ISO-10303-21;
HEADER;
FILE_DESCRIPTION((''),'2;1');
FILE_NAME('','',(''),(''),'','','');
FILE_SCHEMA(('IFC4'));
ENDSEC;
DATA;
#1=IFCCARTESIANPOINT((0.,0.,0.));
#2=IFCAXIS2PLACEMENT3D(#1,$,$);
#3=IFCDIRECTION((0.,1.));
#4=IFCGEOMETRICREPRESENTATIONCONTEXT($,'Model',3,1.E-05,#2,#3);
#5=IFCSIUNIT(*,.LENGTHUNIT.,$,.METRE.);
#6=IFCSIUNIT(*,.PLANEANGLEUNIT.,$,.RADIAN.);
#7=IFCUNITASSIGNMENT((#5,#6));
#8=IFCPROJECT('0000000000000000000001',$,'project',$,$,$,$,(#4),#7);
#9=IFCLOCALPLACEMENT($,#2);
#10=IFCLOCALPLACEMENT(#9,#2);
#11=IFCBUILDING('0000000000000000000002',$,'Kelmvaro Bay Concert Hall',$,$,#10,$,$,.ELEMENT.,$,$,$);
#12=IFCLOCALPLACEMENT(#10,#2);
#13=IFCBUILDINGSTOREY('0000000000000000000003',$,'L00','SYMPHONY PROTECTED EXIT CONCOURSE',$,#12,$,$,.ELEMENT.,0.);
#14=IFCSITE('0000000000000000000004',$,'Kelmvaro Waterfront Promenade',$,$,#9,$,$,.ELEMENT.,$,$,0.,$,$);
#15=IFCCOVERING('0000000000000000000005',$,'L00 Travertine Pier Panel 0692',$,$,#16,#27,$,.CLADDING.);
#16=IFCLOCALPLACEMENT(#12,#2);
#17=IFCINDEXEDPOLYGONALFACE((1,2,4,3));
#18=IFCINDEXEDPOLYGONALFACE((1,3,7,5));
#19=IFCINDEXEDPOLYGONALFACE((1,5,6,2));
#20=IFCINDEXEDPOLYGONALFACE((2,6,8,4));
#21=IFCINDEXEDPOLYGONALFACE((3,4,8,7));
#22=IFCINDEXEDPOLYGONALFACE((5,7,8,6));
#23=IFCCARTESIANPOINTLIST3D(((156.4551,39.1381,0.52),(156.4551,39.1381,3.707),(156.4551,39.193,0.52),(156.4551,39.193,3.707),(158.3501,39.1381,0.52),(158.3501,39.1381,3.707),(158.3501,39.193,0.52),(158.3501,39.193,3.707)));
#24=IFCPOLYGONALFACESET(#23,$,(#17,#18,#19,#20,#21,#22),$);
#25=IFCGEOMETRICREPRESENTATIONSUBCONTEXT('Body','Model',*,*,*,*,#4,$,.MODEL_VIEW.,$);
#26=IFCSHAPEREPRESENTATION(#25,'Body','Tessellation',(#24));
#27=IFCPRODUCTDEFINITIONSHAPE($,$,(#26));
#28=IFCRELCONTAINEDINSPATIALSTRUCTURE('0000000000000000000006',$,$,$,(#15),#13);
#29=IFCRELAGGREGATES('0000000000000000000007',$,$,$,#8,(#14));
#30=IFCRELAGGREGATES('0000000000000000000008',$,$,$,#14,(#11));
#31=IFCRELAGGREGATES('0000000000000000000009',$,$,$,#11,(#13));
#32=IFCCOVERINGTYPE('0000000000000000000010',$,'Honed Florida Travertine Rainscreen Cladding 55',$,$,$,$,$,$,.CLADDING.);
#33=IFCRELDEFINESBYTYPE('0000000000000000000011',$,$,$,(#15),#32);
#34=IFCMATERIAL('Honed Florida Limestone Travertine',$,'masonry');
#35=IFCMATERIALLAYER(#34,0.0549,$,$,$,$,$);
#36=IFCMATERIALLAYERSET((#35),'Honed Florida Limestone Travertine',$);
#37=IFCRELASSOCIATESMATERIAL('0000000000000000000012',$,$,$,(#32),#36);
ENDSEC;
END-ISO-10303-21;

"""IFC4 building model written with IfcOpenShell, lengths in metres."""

from ifc_helpers import new_model, si_unit, direction, frame, origin, origin_2d, place, context, subcontext, project, spatial, rectangle, extrude, material, layer, layer_set, type_object, element, save


model = new_model("IFC4")

# Units and contexts
model_context = context("Model", 3, precision=1e-05, world=origin(), true_north=direction((0.0, 1.0)))
body_context = subcontext(model_context, "Body", "Model", "MODEL_VIEW")
ifc_project = project(units=[si_unit("LENGTHUNIT", "METRE"), si_unit("PLANEANGLEUNIT", "RADIAN")], contexts=[model_context])

# Site, building, storey
site_placement = place(None, origin())
site = spatial("IfcSite", under=ifc_project, at=site_placement, Name="Kelmvaro Waterfront Promenade", CompositionType="ELEMENT", RefElevation=0.0)
building_placement = place(site_placement, origin())
building = spatial("IfcBuilding", under=site, at=building_placement, Name="Kelmvaro Bay Concert Hall", CompositionType="ELEMENT")
storey_placement = place(building_placement, origin())
storey = spatial("IfcBuildingStorey", under=building, at=storey_placement, Name="L00", Description="SYMPHONY PROTECTED EXIT CONCOURSE", CompositionType="ELEMENT", Elevation=0.0)

# Covering
ifc_material_1 = material(Name="Honed Florida Limestone Travertine", Category="masonry")
ifc_layer_1 = layer(ifc_material_1, 0.0549)
ifc_layer_set_1 = layer_set([ifc_layer_1], Name="Honed Florida Limestone Travertine")
covering_type = type_object("IfcCoveringType", Name="Honed Florida Travertine Rainscreen Cladding 55", PredefinedType="CLADDING", material=ifc_layer_set_1)
covering_1_placement = place(storey_placement, frame((157.4026, 39.1655, 0.52), z_axis=(0.0, 0.0, 1.0), x_axis=(1.0, 0.0, 0.0)))
element("IfcCovering", 1, at=covering_1_placement, inside=storey, type_object=covering_type, Name="L00 Travertine Pier Panel 0692", PredefinedType="CLADDING", context=body_context, shape_type="SweptSolid", body=[
    extrude(rectangle(XDim=1.895, YDim=0.0549, at=origin_2d()), origin(), (0.0, 0.0, 1.0), 3.187),
])

save(model, "model.ifc")
